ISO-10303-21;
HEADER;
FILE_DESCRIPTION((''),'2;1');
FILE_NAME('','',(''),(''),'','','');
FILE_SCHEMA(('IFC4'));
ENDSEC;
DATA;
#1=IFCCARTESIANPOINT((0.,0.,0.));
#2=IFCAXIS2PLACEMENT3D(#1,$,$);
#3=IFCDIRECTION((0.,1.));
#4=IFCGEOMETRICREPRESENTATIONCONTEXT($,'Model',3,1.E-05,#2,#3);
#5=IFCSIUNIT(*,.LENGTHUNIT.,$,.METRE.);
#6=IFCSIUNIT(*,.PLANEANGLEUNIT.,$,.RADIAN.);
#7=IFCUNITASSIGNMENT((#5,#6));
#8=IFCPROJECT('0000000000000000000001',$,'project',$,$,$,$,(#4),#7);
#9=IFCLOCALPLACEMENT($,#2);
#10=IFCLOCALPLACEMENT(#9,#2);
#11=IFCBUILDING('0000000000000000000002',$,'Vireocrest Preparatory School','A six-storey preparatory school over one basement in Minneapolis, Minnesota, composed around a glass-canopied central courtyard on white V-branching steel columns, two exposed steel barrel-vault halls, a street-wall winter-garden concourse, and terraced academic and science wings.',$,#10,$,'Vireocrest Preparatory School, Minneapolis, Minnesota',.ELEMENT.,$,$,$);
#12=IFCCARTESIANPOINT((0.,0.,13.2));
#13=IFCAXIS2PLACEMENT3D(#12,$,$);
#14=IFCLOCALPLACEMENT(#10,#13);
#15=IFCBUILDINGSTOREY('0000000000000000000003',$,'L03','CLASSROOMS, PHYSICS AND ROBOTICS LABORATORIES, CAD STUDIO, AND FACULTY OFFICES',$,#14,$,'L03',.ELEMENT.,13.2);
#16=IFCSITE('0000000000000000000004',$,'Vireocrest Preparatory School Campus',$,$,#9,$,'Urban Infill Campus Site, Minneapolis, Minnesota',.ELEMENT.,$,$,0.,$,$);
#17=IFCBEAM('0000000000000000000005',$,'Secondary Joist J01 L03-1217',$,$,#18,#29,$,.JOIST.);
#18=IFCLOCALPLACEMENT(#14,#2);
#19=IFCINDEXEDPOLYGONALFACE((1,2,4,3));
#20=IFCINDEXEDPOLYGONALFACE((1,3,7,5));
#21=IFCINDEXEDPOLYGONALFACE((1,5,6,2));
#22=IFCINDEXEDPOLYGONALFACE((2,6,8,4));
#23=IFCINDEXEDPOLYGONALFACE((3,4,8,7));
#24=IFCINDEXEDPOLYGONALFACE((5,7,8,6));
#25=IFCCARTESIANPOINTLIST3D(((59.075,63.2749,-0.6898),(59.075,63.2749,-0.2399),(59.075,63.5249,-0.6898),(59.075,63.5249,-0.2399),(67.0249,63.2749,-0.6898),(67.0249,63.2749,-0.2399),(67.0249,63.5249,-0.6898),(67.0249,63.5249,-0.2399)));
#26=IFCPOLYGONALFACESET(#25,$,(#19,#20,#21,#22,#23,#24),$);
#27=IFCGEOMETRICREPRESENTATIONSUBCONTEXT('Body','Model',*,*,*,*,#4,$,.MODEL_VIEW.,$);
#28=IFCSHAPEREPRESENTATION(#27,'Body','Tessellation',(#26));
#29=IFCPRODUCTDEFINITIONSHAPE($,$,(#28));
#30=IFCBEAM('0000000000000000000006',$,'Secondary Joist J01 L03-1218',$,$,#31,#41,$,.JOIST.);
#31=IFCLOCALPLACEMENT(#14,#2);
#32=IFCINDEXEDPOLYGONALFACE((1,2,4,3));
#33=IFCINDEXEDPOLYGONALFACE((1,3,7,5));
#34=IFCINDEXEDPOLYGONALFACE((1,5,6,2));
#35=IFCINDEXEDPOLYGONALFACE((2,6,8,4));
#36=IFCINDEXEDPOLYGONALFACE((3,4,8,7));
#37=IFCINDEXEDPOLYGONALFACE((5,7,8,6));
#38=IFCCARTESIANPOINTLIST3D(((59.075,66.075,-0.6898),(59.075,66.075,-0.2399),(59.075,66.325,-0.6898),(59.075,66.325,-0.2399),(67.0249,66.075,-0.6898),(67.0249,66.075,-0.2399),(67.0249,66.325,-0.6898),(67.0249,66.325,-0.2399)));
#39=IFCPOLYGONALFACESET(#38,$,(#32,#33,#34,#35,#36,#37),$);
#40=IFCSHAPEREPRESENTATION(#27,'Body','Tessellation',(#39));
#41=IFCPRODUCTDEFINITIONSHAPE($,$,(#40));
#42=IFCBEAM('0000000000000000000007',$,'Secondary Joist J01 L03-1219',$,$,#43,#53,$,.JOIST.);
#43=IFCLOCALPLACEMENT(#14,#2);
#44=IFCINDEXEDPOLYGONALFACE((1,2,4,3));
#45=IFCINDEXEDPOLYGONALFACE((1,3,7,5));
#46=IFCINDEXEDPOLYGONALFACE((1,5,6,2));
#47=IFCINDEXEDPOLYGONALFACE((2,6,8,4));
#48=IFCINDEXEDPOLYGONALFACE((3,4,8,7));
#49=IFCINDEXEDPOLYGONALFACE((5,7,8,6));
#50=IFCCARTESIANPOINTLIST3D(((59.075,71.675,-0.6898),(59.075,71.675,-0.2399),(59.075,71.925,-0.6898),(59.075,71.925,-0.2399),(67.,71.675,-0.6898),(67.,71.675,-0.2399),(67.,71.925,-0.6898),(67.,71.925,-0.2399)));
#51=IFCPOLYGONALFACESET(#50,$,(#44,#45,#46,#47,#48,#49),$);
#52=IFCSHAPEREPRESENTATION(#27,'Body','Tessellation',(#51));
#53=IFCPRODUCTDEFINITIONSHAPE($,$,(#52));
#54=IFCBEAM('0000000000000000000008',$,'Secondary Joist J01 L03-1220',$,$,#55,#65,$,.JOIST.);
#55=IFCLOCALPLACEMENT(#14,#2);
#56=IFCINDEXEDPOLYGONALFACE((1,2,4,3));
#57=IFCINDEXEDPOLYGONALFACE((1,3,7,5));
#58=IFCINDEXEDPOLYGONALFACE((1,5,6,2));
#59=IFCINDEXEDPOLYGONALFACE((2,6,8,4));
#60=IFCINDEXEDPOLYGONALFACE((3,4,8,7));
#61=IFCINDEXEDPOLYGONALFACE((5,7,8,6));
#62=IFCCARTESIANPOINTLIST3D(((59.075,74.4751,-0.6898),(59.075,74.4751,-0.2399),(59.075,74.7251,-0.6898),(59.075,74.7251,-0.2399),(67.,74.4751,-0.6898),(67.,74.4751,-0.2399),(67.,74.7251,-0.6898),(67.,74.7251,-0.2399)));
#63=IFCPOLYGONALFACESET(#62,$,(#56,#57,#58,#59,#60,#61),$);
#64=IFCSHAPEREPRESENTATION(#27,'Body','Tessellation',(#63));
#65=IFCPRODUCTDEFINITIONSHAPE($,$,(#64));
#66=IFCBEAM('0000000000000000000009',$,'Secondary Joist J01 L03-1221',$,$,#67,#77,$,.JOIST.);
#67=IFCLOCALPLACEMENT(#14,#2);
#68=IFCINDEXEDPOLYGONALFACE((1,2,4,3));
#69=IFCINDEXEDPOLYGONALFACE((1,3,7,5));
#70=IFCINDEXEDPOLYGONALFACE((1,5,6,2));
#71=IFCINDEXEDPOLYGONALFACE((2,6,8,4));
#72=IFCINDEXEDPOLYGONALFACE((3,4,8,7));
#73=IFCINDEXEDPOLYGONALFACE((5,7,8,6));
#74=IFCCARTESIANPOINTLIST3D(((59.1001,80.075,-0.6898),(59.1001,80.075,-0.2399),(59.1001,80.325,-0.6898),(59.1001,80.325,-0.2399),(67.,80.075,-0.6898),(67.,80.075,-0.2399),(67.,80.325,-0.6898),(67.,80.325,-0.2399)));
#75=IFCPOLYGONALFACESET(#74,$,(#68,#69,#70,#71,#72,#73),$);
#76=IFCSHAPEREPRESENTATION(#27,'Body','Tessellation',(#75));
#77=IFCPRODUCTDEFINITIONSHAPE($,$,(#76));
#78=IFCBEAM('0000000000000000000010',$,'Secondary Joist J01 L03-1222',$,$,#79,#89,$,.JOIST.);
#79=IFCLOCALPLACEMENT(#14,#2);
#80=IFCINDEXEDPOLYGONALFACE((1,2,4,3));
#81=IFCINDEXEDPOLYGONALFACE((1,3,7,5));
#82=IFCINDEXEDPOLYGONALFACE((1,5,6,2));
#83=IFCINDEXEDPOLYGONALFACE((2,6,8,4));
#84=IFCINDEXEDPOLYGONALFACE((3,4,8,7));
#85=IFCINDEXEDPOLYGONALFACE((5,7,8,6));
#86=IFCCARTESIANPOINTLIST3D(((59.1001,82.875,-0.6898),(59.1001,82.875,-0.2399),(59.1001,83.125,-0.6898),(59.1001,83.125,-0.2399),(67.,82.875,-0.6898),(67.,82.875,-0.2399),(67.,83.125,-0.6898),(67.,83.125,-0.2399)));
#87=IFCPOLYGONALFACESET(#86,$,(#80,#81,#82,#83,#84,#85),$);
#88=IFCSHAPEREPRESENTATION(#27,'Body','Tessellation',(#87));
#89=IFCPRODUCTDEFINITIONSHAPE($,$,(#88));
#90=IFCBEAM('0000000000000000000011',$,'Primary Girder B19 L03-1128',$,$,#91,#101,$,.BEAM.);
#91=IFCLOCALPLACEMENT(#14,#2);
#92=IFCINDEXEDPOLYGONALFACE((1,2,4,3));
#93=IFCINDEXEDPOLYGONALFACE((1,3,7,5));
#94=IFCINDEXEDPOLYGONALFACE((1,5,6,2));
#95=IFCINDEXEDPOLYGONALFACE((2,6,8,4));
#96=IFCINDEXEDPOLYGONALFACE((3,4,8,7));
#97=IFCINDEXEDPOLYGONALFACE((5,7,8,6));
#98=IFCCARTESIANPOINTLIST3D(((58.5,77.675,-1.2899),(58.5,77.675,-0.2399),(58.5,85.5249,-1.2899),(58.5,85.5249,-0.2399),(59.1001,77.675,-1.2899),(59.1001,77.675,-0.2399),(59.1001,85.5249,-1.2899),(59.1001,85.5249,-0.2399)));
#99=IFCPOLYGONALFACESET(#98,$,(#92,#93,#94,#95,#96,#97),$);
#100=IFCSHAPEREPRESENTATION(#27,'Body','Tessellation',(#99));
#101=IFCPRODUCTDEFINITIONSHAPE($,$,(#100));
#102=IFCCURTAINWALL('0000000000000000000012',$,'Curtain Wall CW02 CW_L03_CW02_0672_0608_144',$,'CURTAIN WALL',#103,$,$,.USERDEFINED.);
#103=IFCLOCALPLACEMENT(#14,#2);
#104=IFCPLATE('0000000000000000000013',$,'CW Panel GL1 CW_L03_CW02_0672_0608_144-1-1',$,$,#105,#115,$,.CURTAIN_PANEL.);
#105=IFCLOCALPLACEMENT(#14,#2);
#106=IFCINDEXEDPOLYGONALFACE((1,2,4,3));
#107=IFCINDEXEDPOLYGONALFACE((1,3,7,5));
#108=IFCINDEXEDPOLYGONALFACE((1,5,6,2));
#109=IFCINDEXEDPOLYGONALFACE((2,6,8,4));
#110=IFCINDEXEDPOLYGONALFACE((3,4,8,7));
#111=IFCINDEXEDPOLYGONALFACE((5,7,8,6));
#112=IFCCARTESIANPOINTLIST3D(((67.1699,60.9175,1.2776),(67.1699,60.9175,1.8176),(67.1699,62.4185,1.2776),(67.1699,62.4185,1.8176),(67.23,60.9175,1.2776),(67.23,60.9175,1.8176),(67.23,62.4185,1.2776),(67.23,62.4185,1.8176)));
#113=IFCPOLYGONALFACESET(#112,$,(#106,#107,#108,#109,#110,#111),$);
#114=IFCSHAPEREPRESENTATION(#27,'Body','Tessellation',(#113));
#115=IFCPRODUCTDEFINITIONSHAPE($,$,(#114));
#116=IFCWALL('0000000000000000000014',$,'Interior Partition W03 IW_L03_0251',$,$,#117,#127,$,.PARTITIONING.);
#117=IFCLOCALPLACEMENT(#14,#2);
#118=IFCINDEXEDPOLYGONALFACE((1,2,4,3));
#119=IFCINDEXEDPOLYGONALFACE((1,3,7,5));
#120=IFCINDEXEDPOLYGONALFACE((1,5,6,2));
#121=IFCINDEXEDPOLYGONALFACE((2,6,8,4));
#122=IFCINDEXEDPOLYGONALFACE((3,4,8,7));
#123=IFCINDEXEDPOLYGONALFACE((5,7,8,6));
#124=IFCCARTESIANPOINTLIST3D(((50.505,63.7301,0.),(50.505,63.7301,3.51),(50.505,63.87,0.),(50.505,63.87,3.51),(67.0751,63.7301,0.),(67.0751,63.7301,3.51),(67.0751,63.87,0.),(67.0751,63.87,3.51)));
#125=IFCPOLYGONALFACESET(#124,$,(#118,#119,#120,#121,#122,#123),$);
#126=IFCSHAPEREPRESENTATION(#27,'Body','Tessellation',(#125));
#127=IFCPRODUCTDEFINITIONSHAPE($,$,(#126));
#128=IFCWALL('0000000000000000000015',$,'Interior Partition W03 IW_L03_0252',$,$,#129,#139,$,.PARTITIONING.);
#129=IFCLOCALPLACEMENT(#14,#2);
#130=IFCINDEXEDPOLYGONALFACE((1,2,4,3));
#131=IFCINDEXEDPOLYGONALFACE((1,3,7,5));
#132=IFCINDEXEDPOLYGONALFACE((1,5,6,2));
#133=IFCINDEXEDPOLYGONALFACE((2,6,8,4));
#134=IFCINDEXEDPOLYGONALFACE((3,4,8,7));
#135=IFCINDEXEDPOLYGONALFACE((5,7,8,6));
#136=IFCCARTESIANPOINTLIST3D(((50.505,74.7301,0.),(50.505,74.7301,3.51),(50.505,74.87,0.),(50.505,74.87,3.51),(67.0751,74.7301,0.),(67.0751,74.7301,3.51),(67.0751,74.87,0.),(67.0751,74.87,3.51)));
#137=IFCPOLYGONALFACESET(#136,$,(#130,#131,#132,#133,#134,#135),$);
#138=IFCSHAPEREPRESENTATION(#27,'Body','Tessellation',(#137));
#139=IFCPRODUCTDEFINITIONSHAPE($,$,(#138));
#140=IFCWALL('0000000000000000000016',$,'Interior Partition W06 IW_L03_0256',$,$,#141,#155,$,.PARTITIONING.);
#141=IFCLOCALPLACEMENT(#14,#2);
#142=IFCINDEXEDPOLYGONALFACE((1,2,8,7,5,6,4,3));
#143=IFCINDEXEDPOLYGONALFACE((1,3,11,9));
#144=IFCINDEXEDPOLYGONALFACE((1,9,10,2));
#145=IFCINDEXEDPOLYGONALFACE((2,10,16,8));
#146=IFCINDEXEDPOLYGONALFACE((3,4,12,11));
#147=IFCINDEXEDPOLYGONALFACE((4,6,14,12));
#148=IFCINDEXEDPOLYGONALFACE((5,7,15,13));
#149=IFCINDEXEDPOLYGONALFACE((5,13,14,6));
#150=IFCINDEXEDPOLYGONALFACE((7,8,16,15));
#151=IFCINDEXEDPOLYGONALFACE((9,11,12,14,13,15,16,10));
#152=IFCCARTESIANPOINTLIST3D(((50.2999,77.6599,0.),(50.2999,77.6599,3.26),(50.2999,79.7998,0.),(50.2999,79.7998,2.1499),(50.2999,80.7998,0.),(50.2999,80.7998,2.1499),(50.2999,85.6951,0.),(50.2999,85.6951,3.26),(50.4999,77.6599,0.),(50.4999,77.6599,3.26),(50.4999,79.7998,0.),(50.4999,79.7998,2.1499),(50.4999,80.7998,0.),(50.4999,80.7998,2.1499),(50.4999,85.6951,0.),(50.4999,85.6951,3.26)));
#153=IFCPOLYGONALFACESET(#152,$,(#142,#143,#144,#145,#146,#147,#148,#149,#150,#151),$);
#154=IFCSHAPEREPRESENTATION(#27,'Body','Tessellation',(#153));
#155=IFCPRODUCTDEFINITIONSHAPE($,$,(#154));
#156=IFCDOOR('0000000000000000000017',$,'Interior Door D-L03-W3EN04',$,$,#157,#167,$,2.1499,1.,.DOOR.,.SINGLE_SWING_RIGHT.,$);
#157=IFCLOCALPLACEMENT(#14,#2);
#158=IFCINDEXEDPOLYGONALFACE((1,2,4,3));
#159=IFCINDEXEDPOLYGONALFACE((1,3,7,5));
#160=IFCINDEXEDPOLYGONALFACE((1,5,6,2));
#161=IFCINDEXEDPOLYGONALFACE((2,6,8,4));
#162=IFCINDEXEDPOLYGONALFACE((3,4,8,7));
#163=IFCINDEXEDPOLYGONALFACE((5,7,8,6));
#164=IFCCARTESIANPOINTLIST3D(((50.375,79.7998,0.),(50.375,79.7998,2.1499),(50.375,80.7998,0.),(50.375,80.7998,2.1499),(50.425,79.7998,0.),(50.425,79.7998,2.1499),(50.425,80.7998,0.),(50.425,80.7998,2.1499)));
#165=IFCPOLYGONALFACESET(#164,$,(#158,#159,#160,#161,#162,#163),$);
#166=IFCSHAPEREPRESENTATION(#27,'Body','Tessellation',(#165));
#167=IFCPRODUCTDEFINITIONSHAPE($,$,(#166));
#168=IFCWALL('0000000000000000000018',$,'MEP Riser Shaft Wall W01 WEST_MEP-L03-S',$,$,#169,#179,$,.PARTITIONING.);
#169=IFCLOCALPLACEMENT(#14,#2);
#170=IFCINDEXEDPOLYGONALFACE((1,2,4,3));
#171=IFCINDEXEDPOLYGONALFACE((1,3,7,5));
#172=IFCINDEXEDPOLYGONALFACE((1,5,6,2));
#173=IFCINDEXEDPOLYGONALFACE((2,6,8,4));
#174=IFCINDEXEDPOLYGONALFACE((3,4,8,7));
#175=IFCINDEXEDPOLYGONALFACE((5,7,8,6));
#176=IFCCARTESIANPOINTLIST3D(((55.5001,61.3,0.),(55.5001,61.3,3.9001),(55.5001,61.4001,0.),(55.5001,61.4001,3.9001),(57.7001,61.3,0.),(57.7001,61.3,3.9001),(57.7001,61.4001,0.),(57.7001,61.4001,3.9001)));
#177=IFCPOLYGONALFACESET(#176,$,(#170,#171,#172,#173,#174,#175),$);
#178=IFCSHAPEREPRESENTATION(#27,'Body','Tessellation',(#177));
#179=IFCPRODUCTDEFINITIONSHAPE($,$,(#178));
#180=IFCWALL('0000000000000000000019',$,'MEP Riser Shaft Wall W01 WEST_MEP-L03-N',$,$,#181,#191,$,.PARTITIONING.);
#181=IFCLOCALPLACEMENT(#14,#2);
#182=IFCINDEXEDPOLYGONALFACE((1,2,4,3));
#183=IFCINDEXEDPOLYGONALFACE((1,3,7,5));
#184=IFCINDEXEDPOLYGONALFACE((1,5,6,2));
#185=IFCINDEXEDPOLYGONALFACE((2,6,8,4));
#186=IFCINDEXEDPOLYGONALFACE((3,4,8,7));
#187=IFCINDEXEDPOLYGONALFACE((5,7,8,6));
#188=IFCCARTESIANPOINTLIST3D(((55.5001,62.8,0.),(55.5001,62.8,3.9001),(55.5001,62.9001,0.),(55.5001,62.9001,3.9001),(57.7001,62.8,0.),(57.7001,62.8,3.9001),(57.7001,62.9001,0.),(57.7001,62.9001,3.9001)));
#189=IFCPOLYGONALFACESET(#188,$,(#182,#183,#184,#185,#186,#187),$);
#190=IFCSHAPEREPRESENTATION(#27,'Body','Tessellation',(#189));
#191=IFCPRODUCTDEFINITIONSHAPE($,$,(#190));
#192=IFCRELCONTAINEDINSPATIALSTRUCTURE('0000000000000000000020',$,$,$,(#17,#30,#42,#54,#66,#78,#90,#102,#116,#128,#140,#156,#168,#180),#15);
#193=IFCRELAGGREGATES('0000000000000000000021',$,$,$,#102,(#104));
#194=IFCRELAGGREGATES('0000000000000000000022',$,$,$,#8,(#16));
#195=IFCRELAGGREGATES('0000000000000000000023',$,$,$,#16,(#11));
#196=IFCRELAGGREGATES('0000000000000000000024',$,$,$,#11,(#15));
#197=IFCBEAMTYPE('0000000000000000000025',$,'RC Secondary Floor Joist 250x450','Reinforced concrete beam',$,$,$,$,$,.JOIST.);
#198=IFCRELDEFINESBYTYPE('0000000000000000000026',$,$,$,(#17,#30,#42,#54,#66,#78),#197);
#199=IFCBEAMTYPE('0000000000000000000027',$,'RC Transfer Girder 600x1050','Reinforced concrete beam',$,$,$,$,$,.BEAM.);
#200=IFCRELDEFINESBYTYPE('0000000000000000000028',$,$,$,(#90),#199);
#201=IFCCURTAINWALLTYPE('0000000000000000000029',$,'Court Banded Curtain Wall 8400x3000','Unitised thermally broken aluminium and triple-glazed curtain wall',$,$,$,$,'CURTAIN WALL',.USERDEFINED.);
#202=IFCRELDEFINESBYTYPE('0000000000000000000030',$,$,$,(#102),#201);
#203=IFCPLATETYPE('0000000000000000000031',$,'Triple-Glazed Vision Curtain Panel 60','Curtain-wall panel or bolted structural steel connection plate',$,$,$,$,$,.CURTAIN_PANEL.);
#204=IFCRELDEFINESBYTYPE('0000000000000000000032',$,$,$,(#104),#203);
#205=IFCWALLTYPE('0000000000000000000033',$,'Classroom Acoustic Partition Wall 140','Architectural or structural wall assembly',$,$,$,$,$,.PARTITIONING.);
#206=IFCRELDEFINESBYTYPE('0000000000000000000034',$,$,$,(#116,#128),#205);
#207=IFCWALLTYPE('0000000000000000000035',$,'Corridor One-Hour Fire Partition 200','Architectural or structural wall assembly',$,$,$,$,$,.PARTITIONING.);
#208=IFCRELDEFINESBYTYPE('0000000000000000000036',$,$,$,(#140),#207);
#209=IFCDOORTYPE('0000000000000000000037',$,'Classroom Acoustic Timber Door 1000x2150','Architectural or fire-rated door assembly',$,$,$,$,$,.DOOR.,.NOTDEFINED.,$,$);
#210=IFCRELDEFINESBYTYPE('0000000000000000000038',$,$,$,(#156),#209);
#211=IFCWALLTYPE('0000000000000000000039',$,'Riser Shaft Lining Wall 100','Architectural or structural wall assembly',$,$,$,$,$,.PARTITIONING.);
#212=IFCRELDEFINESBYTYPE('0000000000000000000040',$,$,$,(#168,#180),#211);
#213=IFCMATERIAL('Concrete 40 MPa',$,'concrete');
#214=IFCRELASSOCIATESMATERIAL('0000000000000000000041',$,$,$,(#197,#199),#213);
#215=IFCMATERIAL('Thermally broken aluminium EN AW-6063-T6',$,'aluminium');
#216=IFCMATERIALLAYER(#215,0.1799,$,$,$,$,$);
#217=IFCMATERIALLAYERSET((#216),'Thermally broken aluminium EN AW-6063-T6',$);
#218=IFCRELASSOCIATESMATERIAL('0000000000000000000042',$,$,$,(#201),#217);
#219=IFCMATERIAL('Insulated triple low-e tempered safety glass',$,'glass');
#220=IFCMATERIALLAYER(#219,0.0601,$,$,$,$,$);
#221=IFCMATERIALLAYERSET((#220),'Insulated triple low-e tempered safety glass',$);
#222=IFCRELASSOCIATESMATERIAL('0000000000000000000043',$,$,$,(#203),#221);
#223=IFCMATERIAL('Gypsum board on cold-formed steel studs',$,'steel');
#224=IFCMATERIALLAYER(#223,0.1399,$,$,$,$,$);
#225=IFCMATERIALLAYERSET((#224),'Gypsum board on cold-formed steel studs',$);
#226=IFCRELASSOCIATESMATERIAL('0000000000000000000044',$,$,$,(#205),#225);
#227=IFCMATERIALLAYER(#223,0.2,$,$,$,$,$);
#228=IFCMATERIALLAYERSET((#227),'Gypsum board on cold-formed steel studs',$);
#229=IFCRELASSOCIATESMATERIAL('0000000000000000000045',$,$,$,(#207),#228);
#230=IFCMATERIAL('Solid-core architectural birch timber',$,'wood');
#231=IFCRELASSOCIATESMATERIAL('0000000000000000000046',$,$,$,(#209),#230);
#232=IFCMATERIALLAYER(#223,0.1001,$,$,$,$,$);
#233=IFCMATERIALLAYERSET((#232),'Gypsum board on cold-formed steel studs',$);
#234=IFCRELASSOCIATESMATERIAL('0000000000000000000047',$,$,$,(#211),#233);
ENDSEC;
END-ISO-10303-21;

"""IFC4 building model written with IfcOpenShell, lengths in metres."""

from ifc_helpers import new_model, si_unit, direction, frame, frame_2d, origin, origin_2d, place, context, subcontext, project, spatial, rectangle, extrude, material, layer, layer_set, material_profile, profile_set, type_object, element, fill, aggregate, save


model = new_model("IFC4")

# Units and contexts
model_context = context("Model", 3, precision=1e-05, world=origin(), true_north=direction((0.0, 1.0)))
body_context = subcontext(model_context, "Body", "Model", "MODEL_VIEW")
ifc_project = project(units=[si_unit("LENGTHUNIT", "METRE"), si_unit("PLANEANGLEUNIT", "RADIAN")], contexts=[model_context])

# Site, building, storey
site_placement = place(None, origin())
site = spatial("IfcSite", under=ifc_project, at=site_placement, Name="Vireocrest Preparatory School Campus", LongName="Urban Infill Campus Site, Minneapolis, Minnesota", CompositionType="ELEMENT", RefElevation=0.0)
building_placement = place(site_placement, origin())
building = spatial("IfcBuilding", under=site, at=building_placement, Name="Vireocrest Preparatory School", Description="A six-storey preparatory school over one basement in Minneapolis, Minnesota, composed around a glass-canopied central courtyard on white V-branching steel columns, two exposed steel barrel-vault halls, a street-wall winter-garden concourse, and terraced academic and science wings.", LongName="Vireocrest Preparatory School, Minneapolis, Minnesota", CompositionType="ELEMENT")
storey_placement = place(building_placement, frame((0.0, 0.0, 13.2)))
storey = spatial("IfcBuildingStorey", under=building, at=storey_placement, Name="L03", Description="CLASSROOMS, PHYSICS AND ROBOTICS LABORATORIES, CAD STUDIO, AND FACULTY OFFICES", LongName="L03", CompositionType="ELEMENT", Elevation=13.2)

# Beams
ifc_material_1 = material(Name="Concrete 40 MPa", Category="concrete")
ifc_material_profile_1 = material_profile(ifc_material_1, rectangle(XDim=0.25, YDim=0.45, at=origin_2d()), Name="RC 250x450")
ifc_profile_set_1 = profile_set([ifc_material_profile_1], Name="Concrete 40 MPa")
beam_type_1 = type_object("IfcBeamType", Name="RC Secondary Floor Joist 250x450", Description="Reinforced concrete beam", PredefinedType="JOIST", material=ifc_profile_set_1)
for number, where, z_axis, x_axis, name in (
    (1, (59.075, 63.3999, -0.4648), (1.0, 0.0, 0.0), (0.0, 1.0, 0.0), "Secondary Joist J01 L03-1217"),
    (2, (59.075, 66.2, -0.4648), (1.0, 0.0, 0.0), (0.0, 1.0, 0.0), "Secondary Joist J01 L03-1218"),
):
    element("IfcBeam", number, at=place(storey_placement, frame(where, z_axis=z_axis, x_axis=x_axis)), inside=storey, type_object=beam_type_1, Name=name, PredefinedType="JOIST", context=body_context, shape_type="SweptSolid", body=[
        extrude(rectangle(XDim=0.25, YDim=0.45, at=origin_2d()), origin(), (0.0, 0.0, 1.0), 7.95),
    ])
for number, where, z_axis, x_axis, name in (
    (3, (59.075, 71.8, -0.4648), (1.0, 0.0, 0.0), (0.0, 1.0, 0.0), "Secondary Joist J01 L03-1219"),
    (4, (59.075, 74.6001, -0.4648), (1.0, 0.0, 0.0), (0.0, 1.0, 0.0), "Secondary Joist J01 L03-1220"),
):
    element("IfcBeam", number, at=place(storey_placement, frame(where, z_axis=z_axis, x_axis=x_axis)), inside=storey, type_object=beam_type_1, Name=name, PredefinedType="JOIST", context=body_context, shape_type="SweptSolid", body=[
        extrude(rectangle(XDim=0.25, YDim=0.45, at=origin_2d()), origin(), (0.0, 0.0, 1.0), 7.925),
    ])
for number, where, z_axis, x_axis, name in (
    (5, (59.1001, 80.2, -0.4648), (1.0, 0.0, 0.0), (0.0, 1.0, 0.0), "Secondary Joist J01 L03-1221"),
    (6, (59.1001, 83.0, -0.4648), (1.0, 0.0, 0.0), (0.0, 1.0, 0.0), "Secondary Joist J01 L03-1222"),
):
    element("IfcBeam", number, at=place(storey_placement, frame(where, z_axis=z_axis, x_axis=x_axis)), inside=storey, type_object=beam_type_1, Name=name, PredefinedType="JOIST", context=body_context, shape_type="SweptSolid", body=[
        extrude(rectangle(XDim=0.25, YDim=0.45, at=origin_2d()), origin(), (0.0, 0.0, 1.0), 7.8999),
    ])
ifc_material_profile_2 = material_profile(ifc_material_1, rectangle(XDim=0.6001, YDim=1.05, at=origin_2d()), Name="RC 600x1050")
ifc_profile_set_2 = profile_set([ifc_material_profile_2], Name="Concrete 40 MPa")
beam_type_2 = type_object("IfcBeamType", Name="RC Transfer Girder 600x1050", Description="Reinforced concrete beam", PredefinedType="BEAM", material=ifc_profile_set_2)
beam_1_placement = place(storey_placement, frame((58.8, 77.675, -0.7649), z_axis=(0.0, 1.0, 0.0), x_axis=(-1.0, 0.0, 0.0)))
element("IfcBeam", 7, at=beam_1_placement, inside=storey, type_object=beam_type_2, Name="Primary Girder B19 L03-1128", PredefinedType="BEAM", context=body_context, shape_type="SweptSolid", body=[
    extrude(rectangle(XDim=0.6001, YDim=1.05, at=origin_2d()), origin(), (0.0, 0.0, 1.0), 7.8499),
])

# Curtain wall, plate
ifc_material_2 = material(Name="Thermally broken aluminium EN AW-6063-T6", Category="aluminium")
ifc_layer_1 = layer(ifc_material_2, 0.1799)
ifc_layer_set_1 = layer_set([ifc_layer_1], Name="Thermally broken aluminium EN AW-6063-T6")
curtain_wall_type = type_object("IfcCurtainWallType", Name="Court Banded Curtain Wall 8400x3000", Description="Unitised thermally broken aluminium and triple-glazed curtain wall", ElementType="CURTAIN WALL", PredefinedType="USERDEFINED", material=ifc_layer_set_1)
curtain_wall_placement = place(storey_placement, origin())
curtain_wall = element("IfcCurtainWall", 8, at=curtain_wall_placement, inside=storey, type_object=curtain_wall_type, Name="Curtain Wall CW02 CW_L03_CW02_0672_0608_144", ObjectType="CURTAIN WALL", PredefinedType="USERDEFINED")
ifc_material_3 = material(Name="Insulated triple low-e tempered safety glass", Category="glass")
ifc_layer_2 = layer(ifc_material_3, 0.0601)
ifc_layer_set_2 = layer_set([ifc_layer_2], Name="Insulated triple low-e tempered safety glass")
plate_type = type_object("IfcPlateType", Name="Triple-Glazed Vision Curtain Panel 60", Description="Curtain-wall panel or bolted structural steel connection plate", PredefinedType="CURTAIN_PANEL", material=ifc_layer_set_2)
plate_placement = place(storey_placement, frame((67.2, 61.668, 1.2776), z_axis=(0.0, 0.0, 1.0), x_axis=(0.0, 1.0, 0.0)))
plate = element("IfcPlate", 9, at=plate_placement, type_object=plate_type, Name="CW Panel GL1 CW_L03_CW02_0672_0608_144-1-1", PredefinedType="CURTAIN_PANEL", context=body_context, shape_type="SweptSolid", body=[
    extrude(rectangle(XDim=1.501, YDim=0.0601, at=origin_2d()), origin(), (0.0, 0.0, 1.0), 0.54),
])
aggregate(curtain_wall, [plate])

# Walls
ifc_material_4 = material(Name="Gypsum board on cold-formed steel studs", Category="steel")
ifc_layer_3 = layer(ifc_material_4, 0.1399)
ifc_layer_set_3 = layer_set([ifc_layer_3], Name="Gypsum board on cold-formed steel studs")
wall_type_1 = type_object("IfcWallType", Name="Classroom Acoustic Partition Wall 140", Description="Architectural or structural wall assembly", PredefinedType="PARTITIONING", material=ifc_layer_set_3)
for number, where, z_axis, x_axis, name in (
    (10, (50.5049, 63.8, 0.0), (0.0, 0.0, 1.0), (1.0, 0.0, 0.0), "Interior Partition W03 IW_L03_0251"),
    (11, (50.5049, 74.8, 0.0), (0.0, 0.0, 1.0), (1.0, 0.0, 0.0), "Interior Partition W03 IW_L03_0252"),
):
    element("IfcWall", number, at=place(storey_placement, frame(where, z_axis=z_axis, x_axis=x_axis)), inside=storey, type_object=wall_type_1, Name=name, PredefinedType="PARTITIONING", context=body_context, shape_type="SweptSolid", body=[
        extrude(rectangle(XDim=16.5701, YDim=0.1399, at=frame_2d((8.2852, 0.0))), origin(), (0.0, 0.0, 1.0), 3.51),
    ])

# Wall, opening, door
ifc_layer_4 = layer(ifc_material_4, 0.2)
ifc_layer_set_4 = layer_set([ifc_layer_4], Name="Gypsum board on cold-formed steel studs")
wall_type_2 = type_object("IfcWallType", Name="Corridor One-Hour Fire Partition 200", Description="Architectural or structural wall assembly", PredefinedType="PARTITIONING", material=ifc_layer_set_4)
wall_1_placement = place(storey_placement, frame((50.3999, 77.6599, 0.0), z_axis=(0.0, 0.0, 1.0), x_axis=(0.0, 1.0, 0.0)))
wall_1 = element("IfcWall", 12, at=wall_1_placement, inside=storey, type_object=wall_type_2, Name="Interior Partition W06 IW_L03_0256", PredefinedType="PARTITIONING", context=body_context, shape_type="SweptSolid", body=[
    extrude(rectangle(XDim=8.0352, YDim=0.2, at=frame_2d((4.0176, 0.0))), origin(), (0.0, 0.0, 1.0), 3.26),
])
opening_1_placement = place(wall_1_placement, frame((2.1399, 0.0, 0.0)))
opening_1 = element("IfcOpeningElement", 13, at=opening_1_placement, cuts=wall_1, PredefinedType="OPENING", context=body_context, shape_type="SweptSolid", body=[
    extrude(rectangle(XDim=1.0, YDim=2.1499, at=frame_2d((0.5, 1.075))), frame((0.0, 0.1099, 0.0), z_axis=(0.0, -1.0, 0.0), x_axis=(1.0, 0.0, 0.0)), (0.0, 0.0, 1.0), 0.22),
])
ifc_material_5 = material(Name="Solid-core architectural birch timber", Category="wood")
door_type_1 = type_object("IfcDoorType", Name="Classroom Acoustic Timber Door 1000x2150", Description="Architectural or fire-rated door assembly", OperationType="NOTDEFINED", PredefinedType="DOOR", material=ifc_material_5)
door_1_placement = place(opening_1_placement, origin())
door_1 = element("IfcDoor", 14, at=door_1_placement, inside=storey, type_object=door_type_1, Name="Interior Door D-L03-W3EN04", OperationType="SINGLE_SWING_RIGHT", OverallHeight=2.1499, OverallWidth=1.0, PredefinedType="DOOR", context=body_context, shape_type="SweptSolid", body=[
    extrude(rectangle(XDim=1.0, YDim=2.1499, at=frame_2d((0.5, 1.075))), frame((0.0, 0.0249, 0.0), z_axis=(0.0, -1.0, 0.0), x_axis=(1.0, 0.0, 0.0)), (0.0, 0.0, 1.0), 0.05),
])
fill(opening_1, door_1)

# Walls
ifc_layer_5 = layer(ifc_material_4, 0.1001)
ifc_layer_set_5 = layer_set([ifc_layer_5], Name="Gypsum board on cold-formed steel studs")
wall_type_3 = type_object("IfcWallType", Name="Riser Shaft Lining Wall 100", Description="Architectural or structural wall assembly", PredefinedType="PARTITIONING", material=ifc_layer_set_5)
for number, where, z_axis, x_axis, name in (
    (15, (55.5, 61.3501, 0.0), (0.0, 0.0, 1.0), (1.0, 0.0, 0.0), "MEP Riser Shaft Wall W01 WEST_MEP-L03-S"),
    (16, (55.5, 62.8501, 0.0), (0.0, 0.0, 1.0), (1.0, 0.0, 0.0), "MEP Riser Shaft Wall W01 WEST_MEP-L03-N"),
):
    element("IfcWall", number, at=place(storey_placement, frame(where, z_axis=z_axis, x_axis=x_axis)), inside=storey, type_object=wall_type_3, Name=name, PredefinedType="PARTITIONING", context=body_context, shape_type="SweptSolid", body=[
        extrude(rectangle(XDim=2.2, YDim=0.1001, at=frame_2d((1.1001, 0.0))), origin(), (0.0, 0.0, 1.0), 3.9001),
    ])

save(model, "model.ifc")
